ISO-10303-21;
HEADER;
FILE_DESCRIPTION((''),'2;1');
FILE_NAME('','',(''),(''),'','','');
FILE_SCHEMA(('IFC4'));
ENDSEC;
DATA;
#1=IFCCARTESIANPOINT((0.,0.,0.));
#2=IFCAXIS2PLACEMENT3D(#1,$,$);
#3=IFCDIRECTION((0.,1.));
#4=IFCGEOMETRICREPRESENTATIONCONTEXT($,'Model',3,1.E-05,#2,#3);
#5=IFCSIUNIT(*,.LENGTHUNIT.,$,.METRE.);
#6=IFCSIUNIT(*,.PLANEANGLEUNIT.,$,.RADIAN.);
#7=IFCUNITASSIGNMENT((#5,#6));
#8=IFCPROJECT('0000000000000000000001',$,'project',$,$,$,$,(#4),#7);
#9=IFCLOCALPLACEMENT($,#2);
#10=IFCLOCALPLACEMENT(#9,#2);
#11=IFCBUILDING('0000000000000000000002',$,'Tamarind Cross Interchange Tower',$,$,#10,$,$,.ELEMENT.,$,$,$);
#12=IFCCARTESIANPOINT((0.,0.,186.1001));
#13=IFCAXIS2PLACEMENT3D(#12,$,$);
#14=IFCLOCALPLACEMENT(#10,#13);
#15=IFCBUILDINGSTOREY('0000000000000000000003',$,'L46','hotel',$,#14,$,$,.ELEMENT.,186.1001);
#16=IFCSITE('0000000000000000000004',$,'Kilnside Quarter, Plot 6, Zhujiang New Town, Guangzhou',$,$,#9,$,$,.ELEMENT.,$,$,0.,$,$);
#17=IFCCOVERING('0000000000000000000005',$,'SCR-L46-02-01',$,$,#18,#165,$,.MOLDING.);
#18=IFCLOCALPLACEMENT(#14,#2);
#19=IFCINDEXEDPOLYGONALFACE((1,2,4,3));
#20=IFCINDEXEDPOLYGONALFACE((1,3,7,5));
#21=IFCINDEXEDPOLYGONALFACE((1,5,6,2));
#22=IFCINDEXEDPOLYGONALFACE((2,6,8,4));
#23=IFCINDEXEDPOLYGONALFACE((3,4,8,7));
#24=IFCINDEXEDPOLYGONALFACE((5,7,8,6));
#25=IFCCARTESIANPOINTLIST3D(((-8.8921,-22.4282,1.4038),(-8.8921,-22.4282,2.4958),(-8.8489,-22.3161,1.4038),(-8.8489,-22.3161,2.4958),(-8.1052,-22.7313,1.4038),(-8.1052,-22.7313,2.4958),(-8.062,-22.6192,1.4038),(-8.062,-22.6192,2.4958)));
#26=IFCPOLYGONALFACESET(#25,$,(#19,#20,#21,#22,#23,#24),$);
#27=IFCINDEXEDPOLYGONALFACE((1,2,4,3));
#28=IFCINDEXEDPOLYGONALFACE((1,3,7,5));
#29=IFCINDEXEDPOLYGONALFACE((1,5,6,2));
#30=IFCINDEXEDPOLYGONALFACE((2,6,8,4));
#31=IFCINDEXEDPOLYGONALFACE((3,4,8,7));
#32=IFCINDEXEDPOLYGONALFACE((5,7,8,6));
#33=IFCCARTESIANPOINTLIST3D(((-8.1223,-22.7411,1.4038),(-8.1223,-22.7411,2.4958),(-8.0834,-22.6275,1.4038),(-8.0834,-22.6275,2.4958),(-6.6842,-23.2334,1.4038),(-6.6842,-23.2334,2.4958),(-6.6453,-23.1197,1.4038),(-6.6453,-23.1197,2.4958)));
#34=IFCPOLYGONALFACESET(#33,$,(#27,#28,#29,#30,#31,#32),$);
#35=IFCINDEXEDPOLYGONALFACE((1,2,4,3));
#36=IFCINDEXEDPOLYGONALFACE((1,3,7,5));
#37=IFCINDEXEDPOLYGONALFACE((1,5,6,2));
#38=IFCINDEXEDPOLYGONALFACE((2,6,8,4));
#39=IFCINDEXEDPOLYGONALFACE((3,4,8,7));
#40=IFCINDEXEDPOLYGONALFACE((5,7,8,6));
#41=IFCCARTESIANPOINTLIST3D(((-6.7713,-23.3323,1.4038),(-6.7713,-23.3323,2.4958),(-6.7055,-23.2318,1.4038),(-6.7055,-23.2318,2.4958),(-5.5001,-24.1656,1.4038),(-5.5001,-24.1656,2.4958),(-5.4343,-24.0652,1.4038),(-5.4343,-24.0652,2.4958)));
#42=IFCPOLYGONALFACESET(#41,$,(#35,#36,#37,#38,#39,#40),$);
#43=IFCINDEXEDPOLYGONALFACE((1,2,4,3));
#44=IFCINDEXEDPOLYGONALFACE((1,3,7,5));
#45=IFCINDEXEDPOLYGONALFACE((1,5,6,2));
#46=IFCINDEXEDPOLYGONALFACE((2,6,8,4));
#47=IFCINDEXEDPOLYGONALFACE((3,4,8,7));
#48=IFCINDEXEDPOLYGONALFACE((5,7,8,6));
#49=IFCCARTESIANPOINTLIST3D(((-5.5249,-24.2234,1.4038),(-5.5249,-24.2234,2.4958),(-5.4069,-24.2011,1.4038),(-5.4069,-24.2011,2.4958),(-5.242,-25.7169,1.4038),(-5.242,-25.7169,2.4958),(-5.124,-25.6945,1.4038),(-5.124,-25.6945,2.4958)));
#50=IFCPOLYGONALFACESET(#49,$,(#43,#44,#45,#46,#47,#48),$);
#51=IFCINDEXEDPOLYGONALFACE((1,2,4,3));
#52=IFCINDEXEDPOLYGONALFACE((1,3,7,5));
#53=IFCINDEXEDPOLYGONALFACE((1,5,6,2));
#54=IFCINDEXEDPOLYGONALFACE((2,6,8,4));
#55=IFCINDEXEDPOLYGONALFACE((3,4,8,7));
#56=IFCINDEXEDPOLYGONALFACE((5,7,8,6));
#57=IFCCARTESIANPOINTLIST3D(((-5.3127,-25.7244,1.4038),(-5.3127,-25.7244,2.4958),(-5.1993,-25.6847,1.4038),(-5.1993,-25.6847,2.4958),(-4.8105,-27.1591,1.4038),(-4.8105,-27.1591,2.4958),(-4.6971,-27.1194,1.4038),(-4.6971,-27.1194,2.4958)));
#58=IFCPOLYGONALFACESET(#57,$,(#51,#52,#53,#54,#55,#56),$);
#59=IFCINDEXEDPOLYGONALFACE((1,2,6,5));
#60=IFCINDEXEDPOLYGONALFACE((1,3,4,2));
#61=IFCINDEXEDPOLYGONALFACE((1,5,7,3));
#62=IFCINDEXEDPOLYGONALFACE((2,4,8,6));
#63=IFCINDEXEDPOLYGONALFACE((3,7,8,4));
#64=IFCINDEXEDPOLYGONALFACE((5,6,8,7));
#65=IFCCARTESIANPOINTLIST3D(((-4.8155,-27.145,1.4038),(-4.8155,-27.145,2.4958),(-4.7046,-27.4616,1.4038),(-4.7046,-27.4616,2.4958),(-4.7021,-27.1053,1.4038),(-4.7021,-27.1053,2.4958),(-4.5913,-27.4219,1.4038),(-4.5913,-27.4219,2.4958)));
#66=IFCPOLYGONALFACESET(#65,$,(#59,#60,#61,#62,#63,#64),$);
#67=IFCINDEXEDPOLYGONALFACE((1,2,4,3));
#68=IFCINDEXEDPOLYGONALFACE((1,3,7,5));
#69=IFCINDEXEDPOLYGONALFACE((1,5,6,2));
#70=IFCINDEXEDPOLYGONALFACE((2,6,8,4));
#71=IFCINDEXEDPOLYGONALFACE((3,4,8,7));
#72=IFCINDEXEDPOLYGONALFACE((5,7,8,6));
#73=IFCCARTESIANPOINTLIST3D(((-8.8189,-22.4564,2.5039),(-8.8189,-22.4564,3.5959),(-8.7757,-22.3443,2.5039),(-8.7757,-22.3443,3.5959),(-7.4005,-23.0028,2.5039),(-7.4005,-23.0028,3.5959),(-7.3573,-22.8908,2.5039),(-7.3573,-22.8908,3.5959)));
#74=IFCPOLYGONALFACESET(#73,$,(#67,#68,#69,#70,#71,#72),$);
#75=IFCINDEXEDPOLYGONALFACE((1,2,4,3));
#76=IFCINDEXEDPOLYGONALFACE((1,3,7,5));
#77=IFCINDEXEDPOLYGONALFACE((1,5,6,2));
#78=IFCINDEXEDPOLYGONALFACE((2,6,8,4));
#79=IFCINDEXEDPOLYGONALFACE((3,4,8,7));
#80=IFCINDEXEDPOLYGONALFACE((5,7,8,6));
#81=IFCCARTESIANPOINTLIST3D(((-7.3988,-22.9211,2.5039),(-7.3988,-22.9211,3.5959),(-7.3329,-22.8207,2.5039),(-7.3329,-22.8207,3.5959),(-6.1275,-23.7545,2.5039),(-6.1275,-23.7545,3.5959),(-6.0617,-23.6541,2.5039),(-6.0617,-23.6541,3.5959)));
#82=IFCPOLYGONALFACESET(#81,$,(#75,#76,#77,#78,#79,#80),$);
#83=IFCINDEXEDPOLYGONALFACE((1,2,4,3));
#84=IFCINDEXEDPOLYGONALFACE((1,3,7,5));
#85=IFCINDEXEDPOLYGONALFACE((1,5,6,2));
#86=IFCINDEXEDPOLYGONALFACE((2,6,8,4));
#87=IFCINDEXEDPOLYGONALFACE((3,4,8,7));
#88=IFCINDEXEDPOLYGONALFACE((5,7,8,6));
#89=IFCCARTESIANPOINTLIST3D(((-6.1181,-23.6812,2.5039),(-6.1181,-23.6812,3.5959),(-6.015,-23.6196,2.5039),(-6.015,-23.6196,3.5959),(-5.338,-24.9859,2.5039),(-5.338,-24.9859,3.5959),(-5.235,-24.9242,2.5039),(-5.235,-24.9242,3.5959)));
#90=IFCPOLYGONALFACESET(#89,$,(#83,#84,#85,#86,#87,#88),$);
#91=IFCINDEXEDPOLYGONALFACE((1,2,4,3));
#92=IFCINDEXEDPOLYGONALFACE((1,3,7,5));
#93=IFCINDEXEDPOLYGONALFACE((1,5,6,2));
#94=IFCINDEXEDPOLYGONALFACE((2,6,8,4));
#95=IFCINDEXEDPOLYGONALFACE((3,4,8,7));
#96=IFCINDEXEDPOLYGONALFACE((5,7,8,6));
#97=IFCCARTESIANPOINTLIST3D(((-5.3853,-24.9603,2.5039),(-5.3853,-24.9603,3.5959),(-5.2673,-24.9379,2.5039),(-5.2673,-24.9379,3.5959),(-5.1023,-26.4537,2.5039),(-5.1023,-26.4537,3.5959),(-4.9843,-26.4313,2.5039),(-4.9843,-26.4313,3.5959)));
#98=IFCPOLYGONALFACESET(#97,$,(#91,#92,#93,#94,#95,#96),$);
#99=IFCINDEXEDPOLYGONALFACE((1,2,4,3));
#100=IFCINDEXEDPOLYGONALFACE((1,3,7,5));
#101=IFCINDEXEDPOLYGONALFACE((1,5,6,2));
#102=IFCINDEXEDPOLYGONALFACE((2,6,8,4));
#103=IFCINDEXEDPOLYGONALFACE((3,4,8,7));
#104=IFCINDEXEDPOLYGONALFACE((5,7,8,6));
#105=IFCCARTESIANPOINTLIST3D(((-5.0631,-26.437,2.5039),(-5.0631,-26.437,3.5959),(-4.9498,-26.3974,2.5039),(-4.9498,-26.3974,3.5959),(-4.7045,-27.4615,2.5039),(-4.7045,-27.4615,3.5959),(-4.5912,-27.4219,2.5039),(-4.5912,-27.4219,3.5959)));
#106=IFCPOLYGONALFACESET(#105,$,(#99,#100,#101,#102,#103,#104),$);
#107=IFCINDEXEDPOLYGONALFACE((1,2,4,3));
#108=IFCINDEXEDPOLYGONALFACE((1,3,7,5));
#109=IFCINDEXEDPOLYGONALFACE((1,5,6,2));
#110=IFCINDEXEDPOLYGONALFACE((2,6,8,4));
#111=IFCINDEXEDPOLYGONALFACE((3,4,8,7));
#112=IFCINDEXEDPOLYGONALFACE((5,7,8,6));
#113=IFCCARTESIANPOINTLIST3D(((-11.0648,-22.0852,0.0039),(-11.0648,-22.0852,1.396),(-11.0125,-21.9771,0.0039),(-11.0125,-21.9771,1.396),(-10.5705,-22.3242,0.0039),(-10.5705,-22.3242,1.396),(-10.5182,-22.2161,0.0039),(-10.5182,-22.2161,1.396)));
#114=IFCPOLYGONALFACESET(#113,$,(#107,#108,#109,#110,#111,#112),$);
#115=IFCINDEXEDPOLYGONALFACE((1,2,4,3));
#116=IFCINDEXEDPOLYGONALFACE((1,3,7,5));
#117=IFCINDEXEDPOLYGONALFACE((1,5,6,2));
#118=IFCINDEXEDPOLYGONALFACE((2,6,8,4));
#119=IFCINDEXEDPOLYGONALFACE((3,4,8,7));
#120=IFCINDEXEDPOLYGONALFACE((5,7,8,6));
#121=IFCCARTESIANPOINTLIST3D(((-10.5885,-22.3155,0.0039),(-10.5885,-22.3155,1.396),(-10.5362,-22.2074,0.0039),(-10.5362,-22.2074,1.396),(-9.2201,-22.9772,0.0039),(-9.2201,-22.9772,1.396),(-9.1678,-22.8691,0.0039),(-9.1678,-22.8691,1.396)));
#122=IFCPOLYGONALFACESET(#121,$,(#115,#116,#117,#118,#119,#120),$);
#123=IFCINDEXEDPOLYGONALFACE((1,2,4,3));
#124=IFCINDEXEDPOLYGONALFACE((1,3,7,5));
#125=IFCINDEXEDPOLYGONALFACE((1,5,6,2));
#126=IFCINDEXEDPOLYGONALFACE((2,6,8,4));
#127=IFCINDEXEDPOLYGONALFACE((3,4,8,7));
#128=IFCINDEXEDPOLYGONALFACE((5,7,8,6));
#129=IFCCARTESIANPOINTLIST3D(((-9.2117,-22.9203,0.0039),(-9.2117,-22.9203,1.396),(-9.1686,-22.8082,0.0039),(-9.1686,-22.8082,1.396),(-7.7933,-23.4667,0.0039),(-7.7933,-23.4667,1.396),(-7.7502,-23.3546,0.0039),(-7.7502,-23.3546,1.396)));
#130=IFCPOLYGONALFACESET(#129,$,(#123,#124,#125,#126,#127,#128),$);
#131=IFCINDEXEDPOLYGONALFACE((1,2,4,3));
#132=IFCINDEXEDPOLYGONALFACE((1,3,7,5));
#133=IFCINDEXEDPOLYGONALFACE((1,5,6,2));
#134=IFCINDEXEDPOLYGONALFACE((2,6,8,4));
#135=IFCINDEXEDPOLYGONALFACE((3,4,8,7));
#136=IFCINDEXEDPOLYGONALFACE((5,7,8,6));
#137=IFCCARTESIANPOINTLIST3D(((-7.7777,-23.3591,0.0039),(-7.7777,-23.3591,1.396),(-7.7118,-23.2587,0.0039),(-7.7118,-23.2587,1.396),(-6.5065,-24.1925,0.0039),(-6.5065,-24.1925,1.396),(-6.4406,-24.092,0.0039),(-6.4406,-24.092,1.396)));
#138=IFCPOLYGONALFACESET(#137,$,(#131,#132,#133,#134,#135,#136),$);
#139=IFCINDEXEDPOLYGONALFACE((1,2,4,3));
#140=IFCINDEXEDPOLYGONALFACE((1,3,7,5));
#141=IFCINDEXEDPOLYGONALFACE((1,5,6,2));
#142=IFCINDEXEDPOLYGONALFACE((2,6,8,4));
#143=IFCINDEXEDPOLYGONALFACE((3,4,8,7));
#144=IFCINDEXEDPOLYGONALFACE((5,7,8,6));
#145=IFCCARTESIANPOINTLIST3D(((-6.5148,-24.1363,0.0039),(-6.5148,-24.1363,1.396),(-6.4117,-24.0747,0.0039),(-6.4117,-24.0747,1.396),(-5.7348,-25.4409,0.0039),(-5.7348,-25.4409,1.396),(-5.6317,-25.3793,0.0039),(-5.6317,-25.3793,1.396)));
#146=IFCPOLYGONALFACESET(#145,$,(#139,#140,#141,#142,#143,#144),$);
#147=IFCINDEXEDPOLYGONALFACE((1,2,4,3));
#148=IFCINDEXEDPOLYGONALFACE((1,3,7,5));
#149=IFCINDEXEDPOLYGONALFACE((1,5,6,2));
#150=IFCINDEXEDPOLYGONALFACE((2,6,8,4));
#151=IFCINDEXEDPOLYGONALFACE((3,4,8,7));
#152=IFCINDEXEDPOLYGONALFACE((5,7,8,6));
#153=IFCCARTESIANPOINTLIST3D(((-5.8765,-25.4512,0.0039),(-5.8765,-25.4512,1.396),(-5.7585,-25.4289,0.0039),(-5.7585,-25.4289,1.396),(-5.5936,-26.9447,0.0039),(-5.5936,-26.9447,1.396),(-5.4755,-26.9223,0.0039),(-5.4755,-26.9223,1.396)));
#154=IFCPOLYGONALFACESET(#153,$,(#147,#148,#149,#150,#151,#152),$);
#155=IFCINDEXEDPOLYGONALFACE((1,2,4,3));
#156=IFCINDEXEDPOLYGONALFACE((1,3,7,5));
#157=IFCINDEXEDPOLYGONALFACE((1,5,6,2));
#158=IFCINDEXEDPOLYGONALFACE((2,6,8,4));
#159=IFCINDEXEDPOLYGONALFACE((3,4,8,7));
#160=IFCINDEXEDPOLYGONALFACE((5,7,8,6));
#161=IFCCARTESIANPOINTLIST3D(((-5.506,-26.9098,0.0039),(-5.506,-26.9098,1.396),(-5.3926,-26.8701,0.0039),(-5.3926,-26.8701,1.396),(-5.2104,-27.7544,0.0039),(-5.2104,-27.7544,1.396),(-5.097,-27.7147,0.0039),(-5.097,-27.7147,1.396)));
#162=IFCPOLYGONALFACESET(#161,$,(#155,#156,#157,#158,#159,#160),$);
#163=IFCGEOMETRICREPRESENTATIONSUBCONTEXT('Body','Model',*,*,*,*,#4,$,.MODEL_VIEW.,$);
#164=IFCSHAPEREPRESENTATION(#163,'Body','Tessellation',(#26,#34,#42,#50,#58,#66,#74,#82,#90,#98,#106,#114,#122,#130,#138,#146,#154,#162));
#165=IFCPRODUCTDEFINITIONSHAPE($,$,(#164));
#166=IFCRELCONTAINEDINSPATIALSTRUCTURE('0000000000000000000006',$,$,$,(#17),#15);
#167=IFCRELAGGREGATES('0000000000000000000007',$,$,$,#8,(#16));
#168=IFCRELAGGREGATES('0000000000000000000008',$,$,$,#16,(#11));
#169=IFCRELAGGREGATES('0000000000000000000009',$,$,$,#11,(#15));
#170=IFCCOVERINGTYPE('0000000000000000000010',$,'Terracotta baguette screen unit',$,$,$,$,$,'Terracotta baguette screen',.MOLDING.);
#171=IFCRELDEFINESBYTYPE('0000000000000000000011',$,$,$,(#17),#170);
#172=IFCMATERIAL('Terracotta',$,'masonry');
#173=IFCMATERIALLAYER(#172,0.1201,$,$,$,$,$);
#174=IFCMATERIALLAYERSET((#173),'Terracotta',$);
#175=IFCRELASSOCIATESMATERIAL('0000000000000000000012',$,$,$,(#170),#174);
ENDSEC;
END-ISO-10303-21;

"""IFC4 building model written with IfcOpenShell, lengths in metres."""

from ifc_helpers import new_model, si_unit, direction, frame, origin, origin_2d, place, context, subcontext, project, spatial, rectangle, extrude, material, layer, layer_set, type_object, element, save


model = new_model("IFC4")

# Units and contexts
model_context = context("Model", 3, precision=1e-05, world=origin(), true_north=direction((0.0, 1.0)))
body_context = subcontext(model_context, "Body", "Model", "MODEL_VIEW")
ifc_project = project(units=[si_unit("LENGTHUNIT", "METRE"), si_unit("PLANEANGLEUNIT", "RADIAN")], contexts=[model_context])

# Site, building, storey
site_placement = place(None, origin())
site = spatial("IfcSite", under=ifc_project, at=site_placement, Name="Kilnside Quarter, Plot 6, Zhujiang New Town, Guangzhou", CompositionType="ELEMENT", RefElevation=0.0)
building_placement = place(site_placement, origin())
building = spatial("IfcBuilding", under=site, at=building_placement, Name="Tamarind Cross Interchange Tower", CompositionType="ELEMENT")
storey_placement = place(building_placement, frame((0.0, 0.0, 186.1001)))
storey = spatial("IfcBuildingStorey", under=building, at=storey_placement, Name="L46", Description="hotel", CompositionType="ELEMENT", Elevation=186.1001)

# Covering
ifc_material_1 = material(Name="Terracotta", Category="masonry")
ifc_layer_1 = layer(ifc_material_1, 0.1201)
ifc_layer_set_1 = layer_set([ifc_layer_1], Name="Terracotta")
covering_type = type_object("IfcCoveringType", Name="Terracotta baguette screen unit", ElementType="Terracotta baguette screen", PredefinedType="MOLDING", material=ifc_layer_set_1)
covering_1_placement = place(storey_placement, origin())
element("IfcCovering", 1, at=covering_1_placement, inside=storey, type_object=covering_type, Name="SCR-L46-02-01", PredefinedType="MOLDING", context=body_context, shape_type="SweptSolid", body=[
    extrude(rectangle(XDim=0.8433, YDim=0.1201, at=origin_2d()), frame((-8.4771, -22.5237, 1.4038), z_axis=(0.0, 0.0, 1.0), x_axis=(0.933147, -0.359495, 0.0)), (0.0, 0.0, 1.0), 1.092),
    extrude(rectangle(XDim=1.52, YDim=0.1201, at=origin_2d()), frame((-7.3838, -22.9304, 1.4038), z_axis=(0.0, 0.0, 1.0), x_axis=(0.946107, -0.323855, 0.0)), (0.0, 0.0, 1.0), 1.092),
    extrude(rectangle(XDim=1.52, YDim=0.1201, at=origin_2d()), frame((-6.1028, -23.6987, 1.4038), z_axis=(0.0, 0.0, 1.0), x_axis=(0.836309, -0.548258, 0.0)), (0.0, 0.0, 1.0), 1.092),
    extrude(rectangle(XDim=1.52, YDim=0.1201, at=origin_2d()), frame((-5.3245, -24.959, 1.4038), z_axis=(0.0, 0.0, 1.0), x_axis=(0.186148, -0.982522, 0.0)), (0.0, 0.0, 1.0), 1.092),
    extrude(rectangle(XDim=1.52, YDim=0.1201, at=origin_2d()), frame((-5.0049, -26.4219, 1.4038), z_axis=(0.0, 0.0, 1.0), x_axis=(0.330383, -0.943847, 0.0)), (0.0, 0.0, 1.0), 1.092),
    extrude(rectangle(XDim=0.3354, YDim=0.1201, at=origin_2d()), frame((-4.7034, -27.2834, 1.4038), z_axis=(0.0, 0.0, 1.0), x_axis=(0.330383, -0.943847, 0.0)), (0.0, 0.0, 1.0), 1.092),
    extrude(rectangle(XDim=1.52, YDim=0.1201, at=origin_2d()), frame((-8.0881, -22.6736, 2.5039), z_axis=(0.0, 0.0, 1.0), x_axis=(0.933147, -0.359495, 0.0)), (0.0, 0.0, 1.0), 1.092),
    extrude(rectangle(XDim=1.52, YDim=0.1201, at=origin_2d()), frame((-6.7302, -23.2876, 2.5039), z_axis=(0.0, 0.0, 1.0), x_axis=(0.836309, -0.548258, 0.0)), (0.0, 0.0, 1.0), 1.092),
    extrude(rectangle(XDim=1.52, YDim=0.1201, at=origin_2d()), frame((-5.6765, -24.3027, 2.5039), z_axis=(0.0, 0.0, 1.0), x_axis=(0.51317, -0.858287, 0.0)), (0.0, 0.0, 1.0), 1.092),
    extrude(rectangle(XDim=1.52, YDim=0.1201, at=origin_2d()), frame((-5.1848, -25.6958, 2.5039), z_axis=(0.0, 0.0, 1.0), x_axis=(0.186148, -0.982522, 0.0)), (0.0, 0.0, 1.0), 1.092),
    extrude(rectangle(XDim=1.0854, YDim=0.1201, at=origin_2d()), frame((-4.8271, -26.9294, 2.5039), z_axis=(0.0, 0.0, 1.0), x_axis=(0.330383, -0.943847, 0.0)), (0.0, 0.0, 1.0), 1.092),
    extrude(rectangle(XDim=0.5491, YDim=0.1201, at=origin_2d()), frame((-10.7915, -22.1506, 0.0039), z_axis=(0.0, 0.0, 1.0), x_axis=(0.900273, -0.435326, 0.0)), (0.0, 0.0, 1.0), 1.3921),
    extrude(rectangle(XDim=1.52, YDim=0.1201, at=origin_2d()), frame((-9.8782, -22.5923, 0.0039), z_axis=(0.0, 0.0, 1.0), x_axis=(0.900273, -0.435326, 0.0)), (0.0, 0.0, 1.0), 1.3921),
    extrude(rectangle(XDim=1.52, YDim=0.1201, at=origin_2d()), frame((-8.481, -23.1375, 0.0039), z_axis=(0.0, 0.0, 1.0), x_axis=(0.933147, -0.359495, 0.0)), (0.0, 0.0, 1.0), 1.3921),
    extrude(rectangle(XDim=1.52, YDim=0.1201, at=origin_2d()), frame((-7.1091, -23.7256, 0.0039), z_axis=(0.0, 0.0, 1.0), x_axis=(0.836309, -0.548258, 0.0)), (0.0, 0.0, 1.0), 1.3921),
    extrude(rectangle(XDim=1.52, YDim=0.1201, at=origin_2d()), frame((-6.0732, -24.7578, 0.0039), z_axis=(0.0, 0.0, 1.0), x_axis=(0.51317, -0.858287, 0.0)), (0.0, 0.0, 1.0), 1.3921),
    extrude(rectangle(XDim=1.52, YDim=0.1201, at=origin_2d()), frame((-5.676, -26.1868, 0.0039), z_axis=(0.0, 0.0, 1.0), x_axis=(0.186148, -0.982522, 0.0)), (0.0, 0.0, 1.0), 1.3921),
    extrude(rectangle(XDim=0.8948, YDim=0.1201, at=origin_2d()), frame((-5.3015, -27.3123, 0.0039), z_axis=(0.0, 0.0, 1.0), x_axis=(0.330383, -0.943847, 0.0)), (0.0, 0.0, 1.0), 1.3921),
])

save(model, "model.ifc")
